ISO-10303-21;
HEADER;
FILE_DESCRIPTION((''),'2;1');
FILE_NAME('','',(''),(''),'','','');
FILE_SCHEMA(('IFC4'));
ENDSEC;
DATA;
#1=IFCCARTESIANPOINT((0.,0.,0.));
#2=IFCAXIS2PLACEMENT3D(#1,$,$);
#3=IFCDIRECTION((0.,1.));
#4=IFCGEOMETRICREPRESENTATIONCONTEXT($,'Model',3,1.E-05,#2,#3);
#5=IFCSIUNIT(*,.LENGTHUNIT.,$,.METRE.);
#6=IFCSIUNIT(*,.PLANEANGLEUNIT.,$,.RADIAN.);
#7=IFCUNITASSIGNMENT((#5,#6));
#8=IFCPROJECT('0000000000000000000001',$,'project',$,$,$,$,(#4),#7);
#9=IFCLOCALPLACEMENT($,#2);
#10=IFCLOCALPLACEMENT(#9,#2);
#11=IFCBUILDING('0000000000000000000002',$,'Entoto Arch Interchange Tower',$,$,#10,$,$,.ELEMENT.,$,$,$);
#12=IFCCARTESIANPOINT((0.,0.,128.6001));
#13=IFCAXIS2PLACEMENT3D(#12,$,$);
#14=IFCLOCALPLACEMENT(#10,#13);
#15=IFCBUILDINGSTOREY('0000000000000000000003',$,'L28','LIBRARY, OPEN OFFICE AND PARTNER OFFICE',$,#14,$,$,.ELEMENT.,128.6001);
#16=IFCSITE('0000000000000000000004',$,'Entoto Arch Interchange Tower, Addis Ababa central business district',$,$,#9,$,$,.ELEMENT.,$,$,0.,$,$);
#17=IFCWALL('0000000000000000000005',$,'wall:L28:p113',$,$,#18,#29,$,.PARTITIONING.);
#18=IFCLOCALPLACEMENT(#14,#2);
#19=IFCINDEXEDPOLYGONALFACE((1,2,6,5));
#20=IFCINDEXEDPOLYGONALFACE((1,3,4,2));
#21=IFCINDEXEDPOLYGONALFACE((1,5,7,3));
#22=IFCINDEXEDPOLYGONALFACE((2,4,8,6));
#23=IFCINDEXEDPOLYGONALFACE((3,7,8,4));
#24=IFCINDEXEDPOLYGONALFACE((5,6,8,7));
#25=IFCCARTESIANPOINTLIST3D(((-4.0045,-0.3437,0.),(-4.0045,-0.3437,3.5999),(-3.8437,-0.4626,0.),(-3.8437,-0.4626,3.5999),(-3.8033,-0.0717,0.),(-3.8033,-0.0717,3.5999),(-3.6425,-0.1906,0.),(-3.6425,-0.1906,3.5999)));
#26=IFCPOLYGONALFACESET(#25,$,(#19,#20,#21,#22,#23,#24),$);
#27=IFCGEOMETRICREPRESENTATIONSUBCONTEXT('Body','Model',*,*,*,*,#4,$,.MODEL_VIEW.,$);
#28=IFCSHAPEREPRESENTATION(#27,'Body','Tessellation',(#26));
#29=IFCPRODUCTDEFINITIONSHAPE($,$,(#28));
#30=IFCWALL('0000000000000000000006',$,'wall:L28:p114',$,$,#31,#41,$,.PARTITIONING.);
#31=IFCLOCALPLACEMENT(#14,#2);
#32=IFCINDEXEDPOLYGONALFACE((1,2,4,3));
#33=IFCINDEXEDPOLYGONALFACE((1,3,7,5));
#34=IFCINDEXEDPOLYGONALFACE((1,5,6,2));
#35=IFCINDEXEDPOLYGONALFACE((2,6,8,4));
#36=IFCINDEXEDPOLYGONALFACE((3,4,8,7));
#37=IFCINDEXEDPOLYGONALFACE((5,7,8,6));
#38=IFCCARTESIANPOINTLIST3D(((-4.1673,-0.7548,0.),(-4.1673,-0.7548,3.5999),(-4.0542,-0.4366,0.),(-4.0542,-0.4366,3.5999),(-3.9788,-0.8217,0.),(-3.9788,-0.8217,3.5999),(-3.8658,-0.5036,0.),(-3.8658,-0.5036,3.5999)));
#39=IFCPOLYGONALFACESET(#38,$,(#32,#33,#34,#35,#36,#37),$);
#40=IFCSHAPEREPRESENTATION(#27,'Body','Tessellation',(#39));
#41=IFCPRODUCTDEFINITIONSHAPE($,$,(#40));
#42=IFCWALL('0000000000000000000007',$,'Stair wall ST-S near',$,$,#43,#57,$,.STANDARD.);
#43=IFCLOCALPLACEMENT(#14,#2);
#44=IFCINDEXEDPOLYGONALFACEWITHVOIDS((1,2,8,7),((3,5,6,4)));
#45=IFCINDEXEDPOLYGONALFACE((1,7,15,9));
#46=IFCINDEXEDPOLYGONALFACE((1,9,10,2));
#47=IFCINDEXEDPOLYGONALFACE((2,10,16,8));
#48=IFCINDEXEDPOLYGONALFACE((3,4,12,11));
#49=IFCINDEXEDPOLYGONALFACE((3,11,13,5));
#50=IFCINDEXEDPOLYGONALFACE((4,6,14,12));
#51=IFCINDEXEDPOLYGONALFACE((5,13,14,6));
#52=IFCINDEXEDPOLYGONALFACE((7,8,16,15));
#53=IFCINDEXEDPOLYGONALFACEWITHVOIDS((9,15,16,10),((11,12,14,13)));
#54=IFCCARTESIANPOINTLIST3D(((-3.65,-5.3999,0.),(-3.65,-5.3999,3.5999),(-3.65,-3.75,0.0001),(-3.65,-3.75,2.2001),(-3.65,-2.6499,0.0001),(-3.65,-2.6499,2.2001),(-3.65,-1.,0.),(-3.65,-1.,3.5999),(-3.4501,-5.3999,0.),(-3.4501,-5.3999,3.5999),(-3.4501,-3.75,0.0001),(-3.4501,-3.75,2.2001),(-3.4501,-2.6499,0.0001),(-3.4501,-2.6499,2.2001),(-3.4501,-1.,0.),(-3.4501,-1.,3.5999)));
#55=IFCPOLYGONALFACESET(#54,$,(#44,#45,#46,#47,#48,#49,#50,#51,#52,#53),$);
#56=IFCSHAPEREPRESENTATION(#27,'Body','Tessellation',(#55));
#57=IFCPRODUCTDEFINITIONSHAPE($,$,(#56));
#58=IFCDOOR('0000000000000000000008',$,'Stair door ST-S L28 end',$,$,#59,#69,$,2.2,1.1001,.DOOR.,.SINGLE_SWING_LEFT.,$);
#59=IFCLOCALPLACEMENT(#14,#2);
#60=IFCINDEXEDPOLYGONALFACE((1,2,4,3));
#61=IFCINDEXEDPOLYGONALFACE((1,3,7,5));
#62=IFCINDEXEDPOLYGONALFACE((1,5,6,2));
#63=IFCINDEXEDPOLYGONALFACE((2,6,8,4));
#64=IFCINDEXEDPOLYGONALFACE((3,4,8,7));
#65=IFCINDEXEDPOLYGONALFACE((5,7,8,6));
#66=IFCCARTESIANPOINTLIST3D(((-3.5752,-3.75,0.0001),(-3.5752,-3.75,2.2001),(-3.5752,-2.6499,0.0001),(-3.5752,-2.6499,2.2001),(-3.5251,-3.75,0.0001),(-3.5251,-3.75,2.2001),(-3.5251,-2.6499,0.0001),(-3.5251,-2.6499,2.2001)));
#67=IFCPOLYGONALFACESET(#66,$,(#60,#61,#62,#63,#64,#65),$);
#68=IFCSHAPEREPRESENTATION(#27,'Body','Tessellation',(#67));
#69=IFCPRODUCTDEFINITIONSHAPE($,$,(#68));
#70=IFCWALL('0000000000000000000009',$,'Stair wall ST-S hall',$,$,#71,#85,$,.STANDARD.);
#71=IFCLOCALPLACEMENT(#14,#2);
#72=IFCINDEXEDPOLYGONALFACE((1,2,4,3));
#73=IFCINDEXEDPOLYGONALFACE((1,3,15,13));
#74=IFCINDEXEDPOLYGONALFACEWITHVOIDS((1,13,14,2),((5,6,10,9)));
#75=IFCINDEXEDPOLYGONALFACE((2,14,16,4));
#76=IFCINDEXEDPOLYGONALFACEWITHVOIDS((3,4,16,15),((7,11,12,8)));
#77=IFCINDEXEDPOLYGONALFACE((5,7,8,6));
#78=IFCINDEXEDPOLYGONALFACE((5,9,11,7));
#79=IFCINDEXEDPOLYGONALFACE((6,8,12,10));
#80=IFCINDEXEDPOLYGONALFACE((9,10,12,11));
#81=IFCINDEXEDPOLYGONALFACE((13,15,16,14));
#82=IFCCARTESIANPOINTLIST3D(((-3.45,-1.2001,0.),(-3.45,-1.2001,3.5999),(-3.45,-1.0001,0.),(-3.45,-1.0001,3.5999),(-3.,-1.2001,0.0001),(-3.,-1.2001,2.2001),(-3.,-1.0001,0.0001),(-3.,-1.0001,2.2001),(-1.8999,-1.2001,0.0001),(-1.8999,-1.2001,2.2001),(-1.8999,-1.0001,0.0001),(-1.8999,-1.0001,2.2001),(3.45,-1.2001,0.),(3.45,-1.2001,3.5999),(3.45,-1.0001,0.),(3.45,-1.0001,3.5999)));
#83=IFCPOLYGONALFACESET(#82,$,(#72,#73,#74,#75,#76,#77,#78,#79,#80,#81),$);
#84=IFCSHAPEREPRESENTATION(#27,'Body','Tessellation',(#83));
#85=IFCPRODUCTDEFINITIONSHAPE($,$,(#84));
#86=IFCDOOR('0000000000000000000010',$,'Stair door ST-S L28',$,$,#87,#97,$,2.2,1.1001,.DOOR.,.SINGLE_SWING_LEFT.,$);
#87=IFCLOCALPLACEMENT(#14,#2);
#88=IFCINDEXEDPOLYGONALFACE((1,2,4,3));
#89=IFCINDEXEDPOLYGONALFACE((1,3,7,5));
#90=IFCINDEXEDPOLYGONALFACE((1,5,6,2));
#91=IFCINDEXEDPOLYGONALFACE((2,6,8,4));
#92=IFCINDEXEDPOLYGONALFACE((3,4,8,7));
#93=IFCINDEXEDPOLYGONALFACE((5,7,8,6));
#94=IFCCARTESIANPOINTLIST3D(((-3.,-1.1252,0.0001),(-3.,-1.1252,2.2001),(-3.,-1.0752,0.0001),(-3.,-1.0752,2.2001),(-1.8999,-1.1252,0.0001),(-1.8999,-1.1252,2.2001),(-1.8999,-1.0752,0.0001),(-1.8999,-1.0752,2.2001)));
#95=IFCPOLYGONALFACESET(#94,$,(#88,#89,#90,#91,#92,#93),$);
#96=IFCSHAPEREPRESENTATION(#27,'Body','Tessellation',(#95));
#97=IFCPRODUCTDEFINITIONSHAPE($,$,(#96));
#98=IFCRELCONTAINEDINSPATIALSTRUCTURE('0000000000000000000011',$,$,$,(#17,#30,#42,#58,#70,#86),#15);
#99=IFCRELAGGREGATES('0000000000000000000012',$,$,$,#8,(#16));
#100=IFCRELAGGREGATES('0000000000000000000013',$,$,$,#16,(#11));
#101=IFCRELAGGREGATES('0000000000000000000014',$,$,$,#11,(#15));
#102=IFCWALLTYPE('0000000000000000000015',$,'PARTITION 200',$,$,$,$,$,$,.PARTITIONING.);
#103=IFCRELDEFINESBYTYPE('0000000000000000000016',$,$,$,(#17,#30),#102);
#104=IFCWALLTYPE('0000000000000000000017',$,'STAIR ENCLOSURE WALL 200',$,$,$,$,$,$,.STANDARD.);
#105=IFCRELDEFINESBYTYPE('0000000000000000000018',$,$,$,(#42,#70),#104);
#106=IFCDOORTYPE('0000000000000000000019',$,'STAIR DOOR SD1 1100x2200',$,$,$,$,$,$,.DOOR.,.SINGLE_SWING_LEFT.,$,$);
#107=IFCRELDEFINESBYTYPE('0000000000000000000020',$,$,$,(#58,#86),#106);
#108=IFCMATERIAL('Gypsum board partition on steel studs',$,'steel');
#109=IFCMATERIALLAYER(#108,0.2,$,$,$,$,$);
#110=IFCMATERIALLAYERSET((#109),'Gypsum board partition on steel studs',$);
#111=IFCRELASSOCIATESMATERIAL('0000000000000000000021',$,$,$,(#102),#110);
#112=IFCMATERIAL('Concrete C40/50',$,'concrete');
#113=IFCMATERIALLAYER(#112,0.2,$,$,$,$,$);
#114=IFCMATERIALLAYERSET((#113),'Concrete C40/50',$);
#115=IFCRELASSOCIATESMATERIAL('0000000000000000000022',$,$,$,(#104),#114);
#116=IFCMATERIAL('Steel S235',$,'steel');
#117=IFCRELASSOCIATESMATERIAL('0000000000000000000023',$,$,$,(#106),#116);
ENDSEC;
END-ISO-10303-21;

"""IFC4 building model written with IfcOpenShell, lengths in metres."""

from ifc_helpers import new_model, si_unit, direction, frame, frame_2d, origin, place, context, subcontext, project, spatial, rectangle, extrude, material, layer, layer_set, type_object, element, fill, save


model = new_model("IFC4")

# Units and contexts
model_context = context("Model", 3, precision=1e-05, world=origin(), true_north=direction((0.0, 1.0)))
body_context = subcontext(model_context, "Body", "Model", "MODEL_VIEW")
ifc_project = project(units=[si_unit("LENGTHUNIT", "METRE"), si_unit("PLANEANGLEUNIT", "RADIAN")], contexts=[model_context])

# Site, building, storey
site_placement = place(None, origin())
site = spatial("IfcSite", under=ifc_project, at=site_placement, Name="Entoto Arch Interchange Tower, Addis Ababa central business district", CompositionType="ELEMENT", RefElevation=0.0)
building_placement = place(site_placement, origin())
building = spatial("IfcBuilding", under=site, at=building_placement, Name="Entoto Arch Interchange Tower", CompositionType="ELEMENT")
storey_placement = place(building_placement, frame((0.0, 0.0, 128.6001)))
storey = spatial("IfcBuildingStorey", under=building, at=storey_placement, Name="L28", Description="LIBRARY, OPEN OFFICE AND PARTNER OFFICE", CompositionType="ELEMENT", Elevation=128.6001)

# Shared definitions
ifc_material_1 = material(Name="Concrete C40/50", Category="concrete")

# Shared definitions
ifc_material_2 = material(Name="Gypsum board partition on steel studs", Category="steel")
ifc_layer_1 = layer(ifc_material_2, 0.2)
ifc_layer_set_1 = layer_set([ifc_layer_1], Name="Gypsum board partition on steel studs")
wall_type_1 = type_object("IfcWallType", Name="PARTITION 200", PredefinedType="PARTITIONING", material=ifc_layer_set_1)

# Walls
wall_1_placement = place(storey_placement, frame((-3.7229, -0.1311, 0.0), z_axis=(0.0, 0.0, 1.0), x_axis=(-0.594675, -0.803966, 0.0)))
element("IfcWall", 1, at=wall_1_placement, inside=storey, type_object=wall_type_1, Name="wall:L28:p113", PredefinedType="PARTITIONING", context=body_context, shape_type="SweptSolid", body=[
    extrude(rectangle(XDim=0.3384, YDim=0.2, at=frame_2d((0.1692, 0.0))), origin(), (0.0, 0.0, 1.0), 3.5999),
])
wall_2_placement = place(storey_placement, frame((-3.96, -0.47, 0.0), z_axis=(0.0, 0.0, 1.0), x_axis=(-0.334824, -0.942281, 0.0)))
element("IfcWall", 2, at=wall_2_placement, inside=storey, type_object=wall_type_1, Name="wall:L28:p114", PredefinedType="PARTITIONING", context=body_context, shape_type="SweptSolid", body=[
    extrude(rectangle(XDim=0.3376, YDim=0.2, at=frame_2d((0.1689, 0.0))), origin(), (0.0, 0.0, 1.0), 3.5999),
])

# Walls, openings, doors
ifc_layer_2 = layer(ifc_material_1, 0.2)
ifc_layer_set_2 = layer_set([ifc_layer_2], Name="Concrete C40/50")
wall_type_2 = type_object("IfcWallType", Name="STAIR ENCLOSURE WALL 200", PredefinedType="STANDARD", material=ifc_layer_set_2)
wall_3_placement = place(storey_placement, frame((-3.55, -1.0, 0.0), z_axis=(0.0, 0.0, 1.0), x_axis=(0.0, -1.0, 0.0)))
wall_3 = element("IfcWall", 3, at=wall_3_placement, inside=storey, type_object=wall_type_2, Name="Stair wall ST-S near", PredefinedType="STANDARD", context=body_context, shape_type="SweptSolid", body=[
    extrude(rectangle(XDim=4.3999, YDim=0.2, at=frame_2d((2.2, 0.0))), origin(), (0.0, 0.0, 1.0), 3.5999),
])
opening_1_placement = place(wall_3_placement, frame((1.6499, 0.0, 0.0)))
opening_1 = element("IfcOpeningElement", 4, at=opening_1_placement, cuts=wall_3, PredefinedType="OPENING", context=body_context, shape_type="SweptSolid", body=[
    extrude(rectangle(XDim=1.1001, YDim=2.2, at=frame_2d((0.55, 1.1001))), frame((0.0, 0.1099, 0.0), z_axis=(0.0, -1.0, 0.0), x_axis=(1.0, 0.0, 0.0)), (0.0, 0.0, 1.0), 0.22),
])
ifc_material_3 = material(Name="Steel S235", Category="steel")
door_type_1 = type_object("IfcDoorType", Name="STAIR DOOR SD1 1100x2200", OperationType="SINGLE_SWING_LEFT", PredefinedType="DOOR", material=ifc_material_3)
door_1_placement = place(opening_1_placement, origin())
door_1 = element("IfcDoor", 5, at=door_1_placement, inside=storey, type_object=door_type_1, Name="Stair door ST-S L28 end", OperationType="SINGLE_SWING_LEFT", OverallHeight=2.2, OverallWidth=1.1001, PredefinedType="DOOR", context=body_context, shape_type="SweptSolid", body=[
    extrude(rectangle(XDim=1.1001, YDim=2.2, at=frame_2d((0.55, 1.1001))), frame((0.0, 0.0249, 0.0), z_axis=(0.0, -1.0, 0.0), x_axis=(1.0, 0.0, 0.0)), (0.0, 0.0, 1.0), 0.05),
])
fill(opening_1, door_1)
wall_4_placement = place(storey_placement, frame((-3.45, -1.1001, 0.0), z_axis=(0.0, 0.0, 1.0), x_axis=(1.0, 0.0, 0.0)))
wall_4 = element("IfcWall", 6, at=wall_4_placement, inside=storey, type_object=wall_type_2, Name="Stair wall ST-S hall", PredefinedType="STANDARD", context=body_context, shape_type="SweptSolid", body=[
    extrude(rectangle(XDim=6.8999, YDim=0.2, at=frame_2d((3.45, 0.0))), origin(), (0.0, 0.0, 1.0), 3.5999),
])
opening_2_placement = place(wall_4_placement, frame((0.45, 0.0, 0.0)))
opening_2 = element("IfcOpeningElement", 7, at=opening_2_placement, cuts=wall_4, PredefinedType="OPENING", context=body_context, shape_type="SweptSolid", body=[
    extrude(rectangle(XDim=1.1001, YDim=2.2, at=frame_2d((0.55, 1.1001))), frame((0.0, 0.1099, 0.0), z_axis=(0.0, -1.0, 0.0), x_axis=(1.0, 0.0, 0.0)), (0.0, 0.0, 1.0), 0.22),
])
door_2_placement = place(opening_2_placement, origin())
door_2 = element("IfcDoor", 8, at=door_2_placement, inside=storey, type_object=door_type_1, Name="Stair door ST-S L28", OperationType="SINGLE_SWING_LEFT", OverallHeight=2.2, OverallWidth=1.1001, PredefinedType="DOOR", context=body_context, shape_type="SweptSolid", body=[
    extrude(rectangle(XDim=1.1001, YDim=2.2, at=frame_2d((0.55, 1.1001))), frame((0.0, 0.0249, 0.0), z_axis=(0.0, -1.0, 0.0), x_axis=(1.0, 0.0, 0.0)), (0.0, 0.0, 1.0), 0.05),
])
fill(opening_2, door_2)

save(model, "model.ifc")
